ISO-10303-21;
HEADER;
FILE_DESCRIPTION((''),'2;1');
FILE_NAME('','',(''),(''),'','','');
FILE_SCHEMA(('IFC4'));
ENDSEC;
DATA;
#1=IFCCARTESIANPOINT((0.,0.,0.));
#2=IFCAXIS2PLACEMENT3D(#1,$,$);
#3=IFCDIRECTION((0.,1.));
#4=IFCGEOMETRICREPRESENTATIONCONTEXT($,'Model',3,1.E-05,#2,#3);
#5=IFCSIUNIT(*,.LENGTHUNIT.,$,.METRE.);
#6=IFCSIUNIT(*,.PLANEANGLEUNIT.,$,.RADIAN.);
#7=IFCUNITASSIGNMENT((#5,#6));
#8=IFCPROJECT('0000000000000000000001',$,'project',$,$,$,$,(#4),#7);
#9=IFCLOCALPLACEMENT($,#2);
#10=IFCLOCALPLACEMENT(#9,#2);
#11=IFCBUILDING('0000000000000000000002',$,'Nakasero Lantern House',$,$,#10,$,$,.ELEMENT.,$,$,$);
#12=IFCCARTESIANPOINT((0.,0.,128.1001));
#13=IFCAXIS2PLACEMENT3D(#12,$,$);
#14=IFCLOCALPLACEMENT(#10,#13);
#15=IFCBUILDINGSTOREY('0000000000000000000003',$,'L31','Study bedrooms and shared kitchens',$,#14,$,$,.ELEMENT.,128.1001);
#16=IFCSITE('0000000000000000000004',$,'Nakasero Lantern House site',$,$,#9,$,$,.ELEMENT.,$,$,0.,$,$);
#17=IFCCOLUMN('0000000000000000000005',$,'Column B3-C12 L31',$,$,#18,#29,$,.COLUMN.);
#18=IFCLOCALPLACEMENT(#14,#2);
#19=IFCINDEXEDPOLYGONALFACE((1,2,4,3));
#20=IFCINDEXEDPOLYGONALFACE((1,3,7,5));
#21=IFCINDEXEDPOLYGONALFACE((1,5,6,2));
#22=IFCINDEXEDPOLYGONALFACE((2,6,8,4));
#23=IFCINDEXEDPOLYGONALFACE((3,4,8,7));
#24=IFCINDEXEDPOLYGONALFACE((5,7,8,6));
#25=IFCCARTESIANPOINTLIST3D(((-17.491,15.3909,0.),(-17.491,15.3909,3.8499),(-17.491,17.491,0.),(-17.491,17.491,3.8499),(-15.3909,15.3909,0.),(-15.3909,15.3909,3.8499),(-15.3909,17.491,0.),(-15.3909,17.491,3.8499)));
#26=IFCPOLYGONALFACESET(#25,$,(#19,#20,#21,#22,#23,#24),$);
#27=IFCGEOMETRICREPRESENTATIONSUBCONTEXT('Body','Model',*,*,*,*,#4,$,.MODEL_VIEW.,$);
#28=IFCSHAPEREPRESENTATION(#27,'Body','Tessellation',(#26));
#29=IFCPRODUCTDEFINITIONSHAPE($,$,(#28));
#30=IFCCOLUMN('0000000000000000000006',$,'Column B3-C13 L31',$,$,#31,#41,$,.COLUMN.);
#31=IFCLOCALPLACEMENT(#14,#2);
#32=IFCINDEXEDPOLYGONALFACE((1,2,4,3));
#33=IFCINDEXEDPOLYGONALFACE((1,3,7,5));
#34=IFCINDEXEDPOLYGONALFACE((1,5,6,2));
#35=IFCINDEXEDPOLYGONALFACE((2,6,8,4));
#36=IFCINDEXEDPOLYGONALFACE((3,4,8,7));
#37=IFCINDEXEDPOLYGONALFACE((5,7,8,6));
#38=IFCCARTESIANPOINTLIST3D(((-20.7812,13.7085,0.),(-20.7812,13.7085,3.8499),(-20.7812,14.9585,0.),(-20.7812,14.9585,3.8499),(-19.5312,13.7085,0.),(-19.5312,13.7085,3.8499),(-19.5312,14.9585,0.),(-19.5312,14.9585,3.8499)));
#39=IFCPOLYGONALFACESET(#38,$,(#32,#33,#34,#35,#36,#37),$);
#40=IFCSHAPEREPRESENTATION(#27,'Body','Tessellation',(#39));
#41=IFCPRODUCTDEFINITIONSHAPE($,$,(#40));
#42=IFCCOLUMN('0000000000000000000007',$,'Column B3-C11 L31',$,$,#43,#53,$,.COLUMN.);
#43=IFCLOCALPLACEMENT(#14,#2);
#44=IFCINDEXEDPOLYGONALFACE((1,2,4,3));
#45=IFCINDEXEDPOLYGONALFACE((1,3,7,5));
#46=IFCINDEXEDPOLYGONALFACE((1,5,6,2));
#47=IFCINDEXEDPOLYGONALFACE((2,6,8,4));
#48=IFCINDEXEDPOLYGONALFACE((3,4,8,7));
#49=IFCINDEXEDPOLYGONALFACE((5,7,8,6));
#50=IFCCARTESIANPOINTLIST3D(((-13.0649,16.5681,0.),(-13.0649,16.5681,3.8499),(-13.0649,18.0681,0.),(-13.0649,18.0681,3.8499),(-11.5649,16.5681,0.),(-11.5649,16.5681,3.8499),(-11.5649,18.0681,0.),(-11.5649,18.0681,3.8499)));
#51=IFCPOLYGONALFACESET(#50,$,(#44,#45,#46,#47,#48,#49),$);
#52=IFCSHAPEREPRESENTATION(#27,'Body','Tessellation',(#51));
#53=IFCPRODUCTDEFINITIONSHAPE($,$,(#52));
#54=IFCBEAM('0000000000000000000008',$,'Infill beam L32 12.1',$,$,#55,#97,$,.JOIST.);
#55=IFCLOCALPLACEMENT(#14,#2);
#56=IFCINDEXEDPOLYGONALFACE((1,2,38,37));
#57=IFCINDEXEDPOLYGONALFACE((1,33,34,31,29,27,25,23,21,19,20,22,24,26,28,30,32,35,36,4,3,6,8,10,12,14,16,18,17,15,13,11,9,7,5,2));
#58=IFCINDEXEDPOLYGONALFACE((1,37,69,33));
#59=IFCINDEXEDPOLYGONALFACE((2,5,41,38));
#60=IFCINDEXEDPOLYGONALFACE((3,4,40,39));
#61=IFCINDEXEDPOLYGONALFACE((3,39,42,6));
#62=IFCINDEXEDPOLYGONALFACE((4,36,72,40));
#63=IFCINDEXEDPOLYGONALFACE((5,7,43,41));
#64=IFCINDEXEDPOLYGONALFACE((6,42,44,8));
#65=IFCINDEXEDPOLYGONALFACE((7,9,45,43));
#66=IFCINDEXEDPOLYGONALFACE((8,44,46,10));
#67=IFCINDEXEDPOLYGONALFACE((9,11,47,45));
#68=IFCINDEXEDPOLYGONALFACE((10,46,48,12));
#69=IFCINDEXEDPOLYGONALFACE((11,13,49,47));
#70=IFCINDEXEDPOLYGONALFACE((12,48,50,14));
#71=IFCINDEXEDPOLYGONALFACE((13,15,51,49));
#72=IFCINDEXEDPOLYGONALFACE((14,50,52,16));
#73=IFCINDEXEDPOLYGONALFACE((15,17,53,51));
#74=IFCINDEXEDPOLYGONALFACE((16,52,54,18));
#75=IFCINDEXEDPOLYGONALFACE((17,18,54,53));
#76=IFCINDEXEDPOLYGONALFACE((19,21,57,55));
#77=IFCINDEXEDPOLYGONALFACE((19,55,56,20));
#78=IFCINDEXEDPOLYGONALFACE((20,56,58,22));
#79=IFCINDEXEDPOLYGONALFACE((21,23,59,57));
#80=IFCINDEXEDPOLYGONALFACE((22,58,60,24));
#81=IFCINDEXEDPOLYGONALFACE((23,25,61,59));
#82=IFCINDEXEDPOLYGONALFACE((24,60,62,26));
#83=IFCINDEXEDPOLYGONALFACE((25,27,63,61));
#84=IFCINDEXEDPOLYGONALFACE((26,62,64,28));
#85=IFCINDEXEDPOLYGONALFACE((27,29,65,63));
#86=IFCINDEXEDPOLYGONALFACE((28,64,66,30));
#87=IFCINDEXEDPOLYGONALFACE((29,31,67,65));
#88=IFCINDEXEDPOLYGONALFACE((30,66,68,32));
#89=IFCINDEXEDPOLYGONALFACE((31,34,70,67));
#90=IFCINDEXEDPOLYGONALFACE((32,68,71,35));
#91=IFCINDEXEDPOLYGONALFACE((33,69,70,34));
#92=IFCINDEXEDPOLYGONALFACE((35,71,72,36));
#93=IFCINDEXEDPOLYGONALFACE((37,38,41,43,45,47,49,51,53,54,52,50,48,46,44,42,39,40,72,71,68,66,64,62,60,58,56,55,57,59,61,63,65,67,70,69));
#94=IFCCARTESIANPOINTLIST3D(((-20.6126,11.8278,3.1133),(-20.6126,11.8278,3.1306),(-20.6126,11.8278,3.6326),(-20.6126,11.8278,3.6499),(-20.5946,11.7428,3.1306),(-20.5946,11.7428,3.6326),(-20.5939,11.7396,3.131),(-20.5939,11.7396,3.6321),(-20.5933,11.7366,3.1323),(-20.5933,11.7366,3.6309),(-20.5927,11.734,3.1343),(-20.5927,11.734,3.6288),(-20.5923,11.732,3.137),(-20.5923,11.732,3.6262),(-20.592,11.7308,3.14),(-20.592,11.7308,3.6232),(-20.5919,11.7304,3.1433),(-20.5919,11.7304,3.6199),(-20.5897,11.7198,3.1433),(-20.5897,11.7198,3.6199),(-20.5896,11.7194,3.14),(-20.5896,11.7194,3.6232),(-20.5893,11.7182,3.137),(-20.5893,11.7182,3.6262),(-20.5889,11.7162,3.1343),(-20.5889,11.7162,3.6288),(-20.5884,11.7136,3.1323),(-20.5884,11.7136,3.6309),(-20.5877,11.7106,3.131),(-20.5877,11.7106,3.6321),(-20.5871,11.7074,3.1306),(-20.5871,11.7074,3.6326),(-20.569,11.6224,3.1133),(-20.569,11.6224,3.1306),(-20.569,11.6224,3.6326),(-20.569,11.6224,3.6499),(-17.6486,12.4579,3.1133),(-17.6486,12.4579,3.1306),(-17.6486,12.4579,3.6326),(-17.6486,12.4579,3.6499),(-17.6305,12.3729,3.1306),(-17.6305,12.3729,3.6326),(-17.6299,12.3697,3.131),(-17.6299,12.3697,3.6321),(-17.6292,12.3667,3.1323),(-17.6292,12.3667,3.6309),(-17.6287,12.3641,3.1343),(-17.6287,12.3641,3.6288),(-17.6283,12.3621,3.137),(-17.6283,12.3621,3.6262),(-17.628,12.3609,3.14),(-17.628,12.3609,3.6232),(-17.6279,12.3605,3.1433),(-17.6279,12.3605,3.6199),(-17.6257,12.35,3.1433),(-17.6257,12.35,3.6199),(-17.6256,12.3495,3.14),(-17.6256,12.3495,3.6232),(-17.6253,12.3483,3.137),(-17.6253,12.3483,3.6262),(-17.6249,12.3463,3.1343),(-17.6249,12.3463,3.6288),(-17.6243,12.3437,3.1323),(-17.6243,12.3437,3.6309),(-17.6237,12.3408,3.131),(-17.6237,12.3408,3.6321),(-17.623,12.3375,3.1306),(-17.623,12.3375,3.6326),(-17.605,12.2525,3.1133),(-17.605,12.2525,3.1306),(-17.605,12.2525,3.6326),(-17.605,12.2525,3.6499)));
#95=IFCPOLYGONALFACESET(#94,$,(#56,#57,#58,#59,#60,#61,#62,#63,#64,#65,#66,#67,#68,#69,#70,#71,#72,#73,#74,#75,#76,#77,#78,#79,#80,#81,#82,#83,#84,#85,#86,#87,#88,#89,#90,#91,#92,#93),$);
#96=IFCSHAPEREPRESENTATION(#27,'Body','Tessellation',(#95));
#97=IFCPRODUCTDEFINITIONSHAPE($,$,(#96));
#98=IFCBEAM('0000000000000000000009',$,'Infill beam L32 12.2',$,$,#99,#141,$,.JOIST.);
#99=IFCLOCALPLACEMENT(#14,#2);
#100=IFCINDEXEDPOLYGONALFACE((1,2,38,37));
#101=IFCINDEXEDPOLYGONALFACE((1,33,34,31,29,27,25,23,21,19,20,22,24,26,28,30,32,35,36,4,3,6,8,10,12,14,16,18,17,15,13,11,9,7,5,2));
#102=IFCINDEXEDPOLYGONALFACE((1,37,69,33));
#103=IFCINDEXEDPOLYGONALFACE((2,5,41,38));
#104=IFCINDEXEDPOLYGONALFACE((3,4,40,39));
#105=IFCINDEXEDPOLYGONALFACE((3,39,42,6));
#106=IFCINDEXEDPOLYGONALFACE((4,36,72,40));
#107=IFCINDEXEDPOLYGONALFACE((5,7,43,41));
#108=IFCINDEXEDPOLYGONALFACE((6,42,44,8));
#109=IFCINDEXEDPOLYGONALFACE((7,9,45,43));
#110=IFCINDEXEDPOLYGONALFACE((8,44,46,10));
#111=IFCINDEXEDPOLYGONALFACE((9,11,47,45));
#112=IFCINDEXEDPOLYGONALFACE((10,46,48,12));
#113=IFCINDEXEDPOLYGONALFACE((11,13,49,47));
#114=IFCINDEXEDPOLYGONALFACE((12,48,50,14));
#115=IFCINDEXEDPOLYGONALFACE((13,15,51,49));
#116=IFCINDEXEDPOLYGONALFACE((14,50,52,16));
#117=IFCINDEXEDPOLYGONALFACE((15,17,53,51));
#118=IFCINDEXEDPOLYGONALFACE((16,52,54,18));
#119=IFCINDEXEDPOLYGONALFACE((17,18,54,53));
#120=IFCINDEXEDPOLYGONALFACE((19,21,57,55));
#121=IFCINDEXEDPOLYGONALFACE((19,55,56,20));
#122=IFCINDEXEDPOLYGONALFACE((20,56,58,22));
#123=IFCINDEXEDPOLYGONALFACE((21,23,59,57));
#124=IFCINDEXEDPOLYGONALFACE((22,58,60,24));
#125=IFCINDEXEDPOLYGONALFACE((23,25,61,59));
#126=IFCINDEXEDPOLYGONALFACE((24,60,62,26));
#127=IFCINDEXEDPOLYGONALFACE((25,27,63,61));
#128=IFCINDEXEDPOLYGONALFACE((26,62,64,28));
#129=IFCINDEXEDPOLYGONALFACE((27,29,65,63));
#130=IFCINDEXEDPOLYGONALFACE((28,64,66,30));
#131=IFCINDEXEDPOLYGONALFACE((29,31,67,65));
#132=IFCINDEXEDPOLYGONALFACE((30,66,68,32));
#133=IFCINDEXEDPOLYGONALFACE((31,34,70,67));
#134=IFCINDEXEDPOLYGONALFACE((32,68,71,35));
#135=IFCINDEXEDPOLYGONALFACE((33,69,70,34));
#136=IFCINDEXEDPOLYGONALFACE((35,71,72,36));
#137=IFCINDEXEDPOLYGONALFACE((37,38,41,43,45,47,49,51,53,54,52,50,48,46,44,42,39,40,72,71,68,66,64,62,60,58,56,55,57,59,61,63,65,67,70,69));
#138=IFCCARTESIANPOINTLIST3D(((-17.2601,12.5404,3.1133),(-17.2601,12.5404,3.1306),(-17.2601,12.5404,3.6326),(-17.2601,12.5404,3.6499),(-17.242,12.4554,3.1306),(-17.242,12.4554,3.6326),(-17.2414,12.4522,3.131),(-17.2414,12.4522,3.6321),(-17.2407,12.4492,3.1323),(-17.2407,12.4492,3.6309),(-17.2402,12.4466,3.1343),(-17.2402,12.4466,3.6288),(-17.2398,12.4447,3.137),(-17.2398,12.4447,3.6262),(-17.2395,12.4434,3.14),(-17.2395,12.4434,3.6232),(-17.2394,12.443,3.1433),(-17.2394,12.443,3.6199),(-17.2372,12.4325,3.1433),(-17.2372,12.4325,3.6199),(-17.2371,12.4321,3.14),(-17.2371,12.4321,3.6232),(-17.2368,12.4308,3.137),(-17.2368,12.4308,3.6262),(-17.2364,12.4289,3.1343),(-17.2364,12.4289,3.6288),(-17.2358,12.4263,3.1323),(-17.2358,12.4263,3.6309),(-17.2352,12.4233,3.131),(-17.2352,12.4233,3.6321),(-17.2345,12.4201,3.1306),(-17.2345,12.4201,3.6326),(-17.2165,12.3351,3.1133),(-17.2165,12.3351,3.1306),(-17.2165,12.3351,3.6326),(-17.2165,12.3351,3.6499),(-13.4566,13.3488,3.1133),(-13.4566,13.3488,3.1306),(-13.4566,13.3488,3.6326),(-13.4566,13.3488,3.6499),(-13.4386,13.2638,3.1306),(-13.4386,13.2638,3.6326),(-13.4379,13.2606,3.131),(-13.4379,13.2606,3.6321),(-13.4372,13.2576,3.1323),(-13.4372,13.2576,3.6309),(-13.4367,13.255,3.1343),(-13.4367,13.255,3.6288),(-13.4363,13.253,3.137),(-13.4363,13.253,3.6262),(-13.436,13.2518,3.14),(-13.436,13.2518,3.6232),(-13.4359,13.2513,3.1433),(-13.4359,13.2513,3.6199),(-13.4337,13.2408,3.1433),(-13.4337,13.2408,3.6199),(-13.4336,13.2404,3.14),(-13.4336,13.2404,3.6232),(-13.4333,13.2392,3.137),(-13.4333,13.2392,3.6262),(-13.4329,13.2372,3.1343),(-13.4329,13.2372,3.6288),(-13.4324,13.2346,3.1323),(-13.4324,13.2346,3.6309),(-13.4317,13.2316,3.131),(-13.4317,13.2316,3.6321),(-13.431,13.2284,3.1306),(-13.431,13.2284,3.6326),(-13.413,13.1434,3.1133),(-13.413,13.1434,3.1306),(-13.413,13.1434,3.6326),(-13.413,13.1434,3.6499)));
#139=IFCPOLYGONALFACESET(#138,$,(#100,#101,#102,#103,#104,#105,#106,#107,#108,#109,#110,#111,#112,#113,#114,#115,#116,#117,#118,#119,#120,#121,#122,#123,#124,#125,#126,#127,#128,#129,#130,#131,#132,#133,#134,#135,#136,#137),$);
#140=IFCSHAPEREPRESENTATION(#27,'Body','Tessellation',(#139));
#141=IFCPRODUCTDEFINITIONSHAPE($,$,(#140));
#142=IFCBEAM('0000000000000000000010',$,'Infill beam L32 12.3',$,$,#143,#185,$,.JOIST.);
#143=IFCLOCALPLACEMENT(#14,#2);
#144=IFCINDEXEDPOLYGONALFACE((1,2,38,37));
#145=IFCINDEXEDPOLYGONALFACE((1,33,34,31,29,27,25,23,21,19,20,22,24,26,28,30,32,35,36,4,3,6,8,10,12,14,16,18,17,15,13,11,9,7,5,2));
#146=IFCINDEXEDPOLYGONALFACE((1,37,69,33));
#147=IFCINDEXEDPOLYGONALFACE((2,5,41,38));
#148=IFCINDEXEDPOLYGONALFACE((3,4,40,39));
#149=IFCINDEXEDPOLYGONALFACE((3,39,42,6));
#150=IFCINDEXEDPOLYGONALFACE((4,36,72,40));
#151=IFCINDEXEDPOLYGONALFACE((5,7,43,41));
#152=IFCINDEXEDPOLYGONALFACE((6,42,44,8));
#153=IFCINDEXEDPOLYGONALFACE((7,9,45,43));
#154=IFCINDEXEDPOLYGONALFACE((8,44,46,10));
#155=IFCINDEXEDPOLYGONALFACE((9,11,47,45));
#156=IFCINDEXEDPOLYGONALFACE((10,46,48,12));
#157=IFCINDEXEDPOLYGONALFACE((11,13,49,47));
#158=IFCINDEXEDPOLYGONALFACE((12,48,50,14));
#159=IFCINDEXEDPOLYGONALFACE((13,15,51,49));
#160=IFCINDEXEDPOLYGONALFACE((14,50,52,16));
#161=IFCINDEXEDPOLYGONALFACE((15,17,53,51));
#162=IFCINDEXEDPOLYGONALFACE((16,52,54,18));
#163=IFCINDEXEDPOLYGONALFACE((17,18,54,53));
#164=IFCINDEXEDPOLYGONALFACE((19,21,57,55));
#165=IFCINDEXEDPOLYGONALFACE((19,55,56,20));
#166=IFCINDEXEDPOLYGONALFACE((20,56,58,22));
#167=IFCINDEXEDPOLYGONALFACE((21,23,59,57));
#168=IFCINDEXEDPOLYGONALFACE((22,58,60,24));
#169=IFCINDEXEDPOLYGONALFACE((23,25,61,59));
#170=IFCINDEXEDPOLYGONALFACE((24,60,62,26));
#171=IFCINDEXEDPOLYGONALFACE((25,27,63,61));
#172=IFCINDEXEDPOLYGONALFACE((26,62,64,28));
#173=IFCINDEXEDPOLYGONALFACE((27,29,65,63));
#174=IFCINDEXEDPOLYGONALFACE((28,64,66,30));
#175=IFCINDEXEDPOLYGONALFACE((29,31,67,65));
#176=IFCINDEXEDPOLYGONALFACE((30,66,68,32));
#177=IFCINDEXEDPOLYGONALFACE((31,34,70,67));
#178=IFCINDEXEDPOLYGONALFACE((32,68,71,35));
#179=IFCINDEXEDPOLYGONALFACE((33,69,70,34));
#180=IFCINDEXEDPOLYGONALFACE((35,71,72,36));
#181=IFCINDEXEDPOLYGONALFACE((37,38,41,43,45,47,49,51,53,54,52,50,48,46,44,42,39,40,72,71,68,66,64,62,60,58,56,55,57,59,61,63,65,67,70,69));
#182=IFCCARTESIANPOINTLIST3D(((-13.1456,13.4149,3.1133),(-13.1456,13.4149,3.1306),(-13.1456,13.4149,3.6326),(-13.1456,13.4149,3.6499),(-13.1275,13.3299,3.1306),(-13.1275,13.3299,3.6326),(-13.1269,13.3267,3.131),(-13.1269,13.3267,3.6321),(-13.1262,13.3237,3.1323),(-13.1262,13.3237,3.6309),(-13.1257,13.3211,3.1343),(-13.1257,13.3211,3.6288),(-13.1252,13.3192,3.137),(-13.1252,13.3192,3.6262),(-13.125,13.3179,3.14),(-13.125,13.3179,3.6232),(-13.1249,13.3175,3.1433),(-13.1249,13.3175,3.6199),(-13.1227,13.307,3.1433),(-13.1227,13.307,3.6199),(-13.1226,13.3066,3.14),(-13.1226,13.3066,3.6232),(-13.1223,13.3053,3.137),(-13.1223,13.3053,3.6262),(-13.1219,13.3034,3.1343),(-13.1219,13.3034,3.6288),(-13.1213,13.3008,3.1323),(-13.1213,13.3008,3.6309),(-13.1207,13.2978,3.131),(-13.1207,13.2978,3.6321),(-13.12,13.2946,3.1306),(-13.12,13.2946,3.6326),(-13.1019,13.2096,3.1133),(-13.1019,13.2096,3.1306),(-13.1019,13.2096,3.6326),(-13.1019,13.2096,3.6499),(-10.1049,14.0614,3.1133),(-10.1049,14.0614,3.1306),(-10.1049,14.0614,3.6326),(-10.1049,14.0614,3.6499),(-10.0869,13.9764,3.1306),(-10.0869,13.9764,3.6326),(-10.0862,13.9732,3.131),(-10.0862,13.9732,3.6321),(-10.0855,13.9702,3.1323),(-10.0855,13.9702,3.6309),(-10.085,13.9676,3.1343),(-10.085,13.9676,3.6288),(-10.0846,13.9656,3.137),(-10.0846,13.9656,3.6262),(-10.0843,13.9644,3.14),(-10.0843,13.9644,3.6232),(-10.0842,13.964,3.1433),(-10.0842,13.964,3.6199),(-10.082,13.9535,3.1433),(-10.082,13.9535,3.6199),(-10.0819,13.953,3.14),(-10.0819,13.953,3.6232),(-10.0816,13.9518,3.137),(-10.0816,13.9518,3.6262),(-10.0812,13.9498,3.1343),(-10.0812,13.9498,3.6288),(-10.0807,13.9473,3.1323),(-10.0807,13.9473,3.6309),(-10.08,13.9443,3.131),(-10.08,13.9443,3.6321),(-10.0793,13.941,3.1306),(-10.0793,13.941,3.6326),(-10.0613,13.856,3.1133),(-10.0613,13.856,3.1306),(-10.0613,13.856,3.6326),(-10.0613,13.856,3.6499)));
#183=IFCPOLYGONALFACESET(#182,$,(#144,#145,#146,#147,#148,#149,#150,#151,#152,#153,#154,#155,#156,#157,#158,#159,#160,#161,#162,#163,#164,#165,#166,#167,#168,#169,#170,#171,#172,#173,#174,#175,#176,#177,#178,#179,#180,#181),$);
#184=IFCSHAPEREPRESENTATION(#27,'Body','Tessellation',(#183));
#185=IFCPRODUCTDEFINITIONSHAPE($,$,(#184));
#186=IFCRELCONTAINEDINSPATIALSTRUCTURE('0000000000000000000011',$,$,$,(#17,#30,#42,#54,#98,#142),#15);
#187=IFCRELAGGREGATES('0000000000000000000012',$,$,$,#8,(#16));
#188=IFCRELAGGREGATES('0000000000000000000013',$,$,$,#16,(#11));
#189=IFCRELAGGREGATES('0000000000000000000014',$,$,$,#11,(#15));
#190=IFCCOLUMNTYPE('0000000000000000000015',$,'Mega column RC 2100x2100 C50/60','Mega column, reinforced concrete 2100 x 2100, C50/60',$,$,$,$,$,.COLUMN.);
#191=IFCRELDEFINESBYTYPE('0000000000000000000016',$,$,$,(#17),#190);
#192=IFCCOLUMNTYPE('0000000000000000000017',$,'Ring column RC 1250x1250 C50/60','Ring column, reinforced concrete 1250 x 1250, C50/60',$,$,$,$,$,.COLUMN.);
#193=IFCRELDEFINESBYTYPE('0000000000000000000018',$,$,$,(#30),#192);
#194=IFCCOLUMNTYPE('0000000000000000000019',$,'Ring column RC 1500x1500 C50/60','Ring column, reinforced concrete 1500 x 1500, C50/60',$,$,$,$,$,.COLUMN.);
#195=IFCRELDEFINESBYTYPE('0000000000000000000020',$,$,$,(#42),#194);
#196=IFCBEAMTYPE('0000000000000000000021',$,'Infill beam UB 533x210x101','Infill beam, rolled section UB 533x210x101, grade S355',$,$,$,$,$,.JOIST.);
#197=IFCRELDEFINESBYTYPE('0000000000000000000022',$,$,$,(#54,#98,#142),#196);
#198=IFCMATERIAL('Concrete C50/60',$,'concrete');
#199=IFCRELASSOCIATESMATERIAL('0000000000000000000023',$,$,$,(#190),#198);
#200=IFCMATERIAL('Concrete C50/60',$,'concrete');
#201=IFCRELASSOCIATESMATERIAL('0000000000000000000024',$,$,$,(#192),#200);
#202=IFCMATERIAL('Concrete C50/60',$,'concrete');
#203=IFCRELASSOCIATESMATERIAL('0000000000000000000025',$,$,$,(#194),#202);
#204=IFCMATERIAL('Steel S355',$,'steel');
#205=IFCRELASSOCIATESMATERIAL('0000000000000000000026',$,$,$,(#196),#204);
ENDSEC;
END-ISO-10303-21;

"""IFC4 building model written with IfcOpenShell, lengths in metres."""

from ifc_helpers import new_model, si_unit, direction, frame, origin, origin_2d, place, context, subcontext, project, spatial, rectangle, i_section, extrude, material, material_profile, profile_set, type_object, element, save


model = new_model("IFC4")

# Units and contexts
model_context = context("Model", 3, precision=1e-05, world=origin(), true_north=direction((0.0, 1.0)))
body_context = subcontext(model_context, "Body", "Model", "MODEL_VIEW")
ifc_project = project(units=[si_unit("LENGTHUNIT", "METRE"), si_unit("PLANEANGLEUNIT", "RADIAN")], contexts=[model_context])

# Site, building, storey
site_placement = place(None, origin())
site = spatial("IfcSite", under=ifc_project, at=site_placement, Name="Nakasero Lantern House site", CompositionType="ELEMENT", RefElevation=0.0)
building_placement = place(site_placement, origin())
building = spatial("IfcBuilding", under=site, at=building_placement, Name="Nakasero Lantern House", CompositionType="ELEMENT")
storey_placement = place(building_placement, frame((0.0, 0.0, 128.1001)))
storey = spatial("IfcBuildingStorey", under=building, at=storey_placement, Name="L31", Description="Study bedrooms and shared kitchens", CompositionType="ELEMENT", Elevation=128.1001)

# Columns
ifc_material_1 = material(Name="Concrete C50/60", Category="concrete")
ifc_material_profile_1 = material_profile(ifc_material_1, rectangle(XDim=2.1001, YDim=2.1001, at=origin_2d()), Name="RC 2100x2100")
ifc_profile_set_1 = profile_set([ifc_material_profile_1], Name="Concrete C50/60")
column_type_1 = type_object("IfcColumnType", Name="Mega column RC 2100x2100 C50/60", Description="Mega column, reinforced concrete 2100 x 2100, C50/60", PredefinedType="COLUMN", material=ifc_profile_set_1)
column_1_placement = place(storey_placement, frame((-16.4409, 16.4409, 0.0), z_axis=(0.0, 0.0, 1.0), x_axis=(1.0, 0.0, 0.0)))
element("IfcColumn", 1, at=column_1_placement, inside=storey, type_object=column_type_1, Name="Column B3-C12 L31", PredefinedType="COLUMN", context=body_context, shape_type="SweptSolid", body=[
    extrude(rectangle(XDim=2.1001, YDim=2.1001, at=origin_2d()), origin(), (0.0, 0.0, 1.0), 3.8499),
])
ifc_material_2 = material(Name="Concrete C50/60", Category="concrete")
ifc_material_profile_2 = material_profile(ifc_material_2, rectangle(XDim=1.25, YDim=1.25, at=origin_2d()), Name="RC 1250x1250")
ifc_profile_set_2 = profile_set([ifc_material_profile_2], Name="Concrete C50/60")
column_type_2 = type_object("IfcColumnType", Name="Ring column RC 1250x1250 C50/60", Description="Ring column, reinforced concrete 1250 x 1250, C50/60", PredefinedType="COLUMN", material=ifc_profile_set_2)
column_2_placement = place(storey_placement, frame((-20.1562, 14.3335, 0.0), z_axis=(0.0, 0.0, 1.0), x_axis=(1.0, 0.0, 0.0)))
element("IfcColumn", 2, at=column_2_placement, inside=storey, type_object=column_type_2, Name="Column B3-C13 L31", PredefinedType="COLUMN", context=body_context, shape_type="SweptSolid", body=[
    extrude(rectangle(XDim=1.25, YDim=1.25, at=origin_2d()), origin(), (0.0, 0.0, 1.0), 3.8499),
])
ifc_material_3 = material(Name="Concrete C50/60", Category="concrete")
ifc_material_profile_3 = material_profile(ifc_material_3, rectangle(XDim=1.5, YDim=1.5, at=origin_2d()), Name="RC 1500x1500")
ifc_profile_set_3 = profile_set([ifc_material_profile_3], Name="Concrete C50/60")
column_type_3 = type_object("IfcColumnType", Name="Ring column RC 1500x1500 C50/60", Description="Ring column, reinforced concrete 1500 x 1500, C50/60", PredefinedType="COLUMN", material=ifc_profile_set_3)
column_3_placement = place(storey_placement, frame((-12.3149, 17.3181, 0.0), z_axis=(0.0, 0.0, 1.0), x_axis=(1.0, 0.0, 0.0)))
element("IfcColumn", 3, at=column_3_placement, inside=storey, type_object=column_type_3, Name="Column B3-C11 L31", PredefinedType="COLUMN", context=body_context, shape_type="SweptSolid", body=[
    extrude(rectangle(XDim=1.5, YDim=1.5, at=origin_2d()), origin(), (0.0, 0.0, 1.0), 3.8499),
])

# Beams
ifc_material_4 = material(Name="Steel S355", Category="steel")
ifc_material_profile_4 = material_profile(ifc_material_4, i_section(OverallWidth=0.21, OverallDepth=0.5366, WebThickness=0.0107, FlangeThickness=0.0173, FilletRadius=0.0127, at=origin_2d()), Name="UB 533x210x101")
ifc_profile_set_4 = profile_set([ifc_material_profile_4], Name="Steel S355")
beam_type_1 = type_object("IfcBeamType", Name="Infill beam UB 533x210x101", Description="Infill beam, rolled section UB 533x210x101, grade S355", PredefinedType="JOIST", material=ifc_profile_set_4)
beam_1_placement = place(storey_placement, frame((-20.5908, 11.7251, 3.3816), z_axis=(0.978142, 0.207939, 0.0), x_axis=(-0.207939, 0.978142, 0.0)))
element("IfcBeam", 4, at=beam_1_placement, inside=storey, type_object=beam_type_1, Name="Infill beam L32 12.1", PredefinedType="JOIST", context=body_context, shape_type="SweptSolid", body=[
    extrude(i_section(OverallWidth=0.21, OverallDepth=0.5366, WebThickness=0.0107, FlangeThickness=0.0173, FilletRadius=0.0127, at=origin_2d()), origin(), (0.0, 0.0, 1.0), 3.0303),
])
beam_2_placement = place(storey_placement, frame((-17.2383, 12.4377, 3.3816), z_axis=(0.978153, 0.207887, 0.0), x_axis=(-0.207887, 0.978153, 0.0)))
element("IfcBeam", 5, at=beam_2_placement, inside=storey, type_object=beam_type_1, Name="Infill beam L32 12.2", PredefinedType="JOIST", context=body_context, shape_type="SweptSolid", body=[
    extrude(i_section(OverallWidth=0.21, OverallDepth=0.5366, WebThickness=0.0107, FlangeThickness=0.0173, FilletRadius=0.0127, at=origin_2d()), origin(), (0.0, 0.0, 1.0), 3.8884),
])
beam_3_placement = place(storey_placement, frame((-13.1238, 13.3123, 3.3816), z_axis=(0.978138, 0.207957, 0.0), x_axis=(-0.207957, 0.978138, 0.0)))
element("IfcBeam", 6, at=beam_3_placement, inside=storey, type_object=beam_type_1, Name="Infill beam L32 12.3", PredefinedType="JOIST", context=body_context, shape_type="SweptSolid", body=[
    extrude(i_section(OverallWidth=0.21, OverallDepth=0.5366, WebThickness=0.0107, FlangeThickness=0.0173, FilletRadius=0.0127, at=origin_2d()), origin(), (0.0, 0.0, 1.0), 3.1086),
])

save(model, "model.ifc")
